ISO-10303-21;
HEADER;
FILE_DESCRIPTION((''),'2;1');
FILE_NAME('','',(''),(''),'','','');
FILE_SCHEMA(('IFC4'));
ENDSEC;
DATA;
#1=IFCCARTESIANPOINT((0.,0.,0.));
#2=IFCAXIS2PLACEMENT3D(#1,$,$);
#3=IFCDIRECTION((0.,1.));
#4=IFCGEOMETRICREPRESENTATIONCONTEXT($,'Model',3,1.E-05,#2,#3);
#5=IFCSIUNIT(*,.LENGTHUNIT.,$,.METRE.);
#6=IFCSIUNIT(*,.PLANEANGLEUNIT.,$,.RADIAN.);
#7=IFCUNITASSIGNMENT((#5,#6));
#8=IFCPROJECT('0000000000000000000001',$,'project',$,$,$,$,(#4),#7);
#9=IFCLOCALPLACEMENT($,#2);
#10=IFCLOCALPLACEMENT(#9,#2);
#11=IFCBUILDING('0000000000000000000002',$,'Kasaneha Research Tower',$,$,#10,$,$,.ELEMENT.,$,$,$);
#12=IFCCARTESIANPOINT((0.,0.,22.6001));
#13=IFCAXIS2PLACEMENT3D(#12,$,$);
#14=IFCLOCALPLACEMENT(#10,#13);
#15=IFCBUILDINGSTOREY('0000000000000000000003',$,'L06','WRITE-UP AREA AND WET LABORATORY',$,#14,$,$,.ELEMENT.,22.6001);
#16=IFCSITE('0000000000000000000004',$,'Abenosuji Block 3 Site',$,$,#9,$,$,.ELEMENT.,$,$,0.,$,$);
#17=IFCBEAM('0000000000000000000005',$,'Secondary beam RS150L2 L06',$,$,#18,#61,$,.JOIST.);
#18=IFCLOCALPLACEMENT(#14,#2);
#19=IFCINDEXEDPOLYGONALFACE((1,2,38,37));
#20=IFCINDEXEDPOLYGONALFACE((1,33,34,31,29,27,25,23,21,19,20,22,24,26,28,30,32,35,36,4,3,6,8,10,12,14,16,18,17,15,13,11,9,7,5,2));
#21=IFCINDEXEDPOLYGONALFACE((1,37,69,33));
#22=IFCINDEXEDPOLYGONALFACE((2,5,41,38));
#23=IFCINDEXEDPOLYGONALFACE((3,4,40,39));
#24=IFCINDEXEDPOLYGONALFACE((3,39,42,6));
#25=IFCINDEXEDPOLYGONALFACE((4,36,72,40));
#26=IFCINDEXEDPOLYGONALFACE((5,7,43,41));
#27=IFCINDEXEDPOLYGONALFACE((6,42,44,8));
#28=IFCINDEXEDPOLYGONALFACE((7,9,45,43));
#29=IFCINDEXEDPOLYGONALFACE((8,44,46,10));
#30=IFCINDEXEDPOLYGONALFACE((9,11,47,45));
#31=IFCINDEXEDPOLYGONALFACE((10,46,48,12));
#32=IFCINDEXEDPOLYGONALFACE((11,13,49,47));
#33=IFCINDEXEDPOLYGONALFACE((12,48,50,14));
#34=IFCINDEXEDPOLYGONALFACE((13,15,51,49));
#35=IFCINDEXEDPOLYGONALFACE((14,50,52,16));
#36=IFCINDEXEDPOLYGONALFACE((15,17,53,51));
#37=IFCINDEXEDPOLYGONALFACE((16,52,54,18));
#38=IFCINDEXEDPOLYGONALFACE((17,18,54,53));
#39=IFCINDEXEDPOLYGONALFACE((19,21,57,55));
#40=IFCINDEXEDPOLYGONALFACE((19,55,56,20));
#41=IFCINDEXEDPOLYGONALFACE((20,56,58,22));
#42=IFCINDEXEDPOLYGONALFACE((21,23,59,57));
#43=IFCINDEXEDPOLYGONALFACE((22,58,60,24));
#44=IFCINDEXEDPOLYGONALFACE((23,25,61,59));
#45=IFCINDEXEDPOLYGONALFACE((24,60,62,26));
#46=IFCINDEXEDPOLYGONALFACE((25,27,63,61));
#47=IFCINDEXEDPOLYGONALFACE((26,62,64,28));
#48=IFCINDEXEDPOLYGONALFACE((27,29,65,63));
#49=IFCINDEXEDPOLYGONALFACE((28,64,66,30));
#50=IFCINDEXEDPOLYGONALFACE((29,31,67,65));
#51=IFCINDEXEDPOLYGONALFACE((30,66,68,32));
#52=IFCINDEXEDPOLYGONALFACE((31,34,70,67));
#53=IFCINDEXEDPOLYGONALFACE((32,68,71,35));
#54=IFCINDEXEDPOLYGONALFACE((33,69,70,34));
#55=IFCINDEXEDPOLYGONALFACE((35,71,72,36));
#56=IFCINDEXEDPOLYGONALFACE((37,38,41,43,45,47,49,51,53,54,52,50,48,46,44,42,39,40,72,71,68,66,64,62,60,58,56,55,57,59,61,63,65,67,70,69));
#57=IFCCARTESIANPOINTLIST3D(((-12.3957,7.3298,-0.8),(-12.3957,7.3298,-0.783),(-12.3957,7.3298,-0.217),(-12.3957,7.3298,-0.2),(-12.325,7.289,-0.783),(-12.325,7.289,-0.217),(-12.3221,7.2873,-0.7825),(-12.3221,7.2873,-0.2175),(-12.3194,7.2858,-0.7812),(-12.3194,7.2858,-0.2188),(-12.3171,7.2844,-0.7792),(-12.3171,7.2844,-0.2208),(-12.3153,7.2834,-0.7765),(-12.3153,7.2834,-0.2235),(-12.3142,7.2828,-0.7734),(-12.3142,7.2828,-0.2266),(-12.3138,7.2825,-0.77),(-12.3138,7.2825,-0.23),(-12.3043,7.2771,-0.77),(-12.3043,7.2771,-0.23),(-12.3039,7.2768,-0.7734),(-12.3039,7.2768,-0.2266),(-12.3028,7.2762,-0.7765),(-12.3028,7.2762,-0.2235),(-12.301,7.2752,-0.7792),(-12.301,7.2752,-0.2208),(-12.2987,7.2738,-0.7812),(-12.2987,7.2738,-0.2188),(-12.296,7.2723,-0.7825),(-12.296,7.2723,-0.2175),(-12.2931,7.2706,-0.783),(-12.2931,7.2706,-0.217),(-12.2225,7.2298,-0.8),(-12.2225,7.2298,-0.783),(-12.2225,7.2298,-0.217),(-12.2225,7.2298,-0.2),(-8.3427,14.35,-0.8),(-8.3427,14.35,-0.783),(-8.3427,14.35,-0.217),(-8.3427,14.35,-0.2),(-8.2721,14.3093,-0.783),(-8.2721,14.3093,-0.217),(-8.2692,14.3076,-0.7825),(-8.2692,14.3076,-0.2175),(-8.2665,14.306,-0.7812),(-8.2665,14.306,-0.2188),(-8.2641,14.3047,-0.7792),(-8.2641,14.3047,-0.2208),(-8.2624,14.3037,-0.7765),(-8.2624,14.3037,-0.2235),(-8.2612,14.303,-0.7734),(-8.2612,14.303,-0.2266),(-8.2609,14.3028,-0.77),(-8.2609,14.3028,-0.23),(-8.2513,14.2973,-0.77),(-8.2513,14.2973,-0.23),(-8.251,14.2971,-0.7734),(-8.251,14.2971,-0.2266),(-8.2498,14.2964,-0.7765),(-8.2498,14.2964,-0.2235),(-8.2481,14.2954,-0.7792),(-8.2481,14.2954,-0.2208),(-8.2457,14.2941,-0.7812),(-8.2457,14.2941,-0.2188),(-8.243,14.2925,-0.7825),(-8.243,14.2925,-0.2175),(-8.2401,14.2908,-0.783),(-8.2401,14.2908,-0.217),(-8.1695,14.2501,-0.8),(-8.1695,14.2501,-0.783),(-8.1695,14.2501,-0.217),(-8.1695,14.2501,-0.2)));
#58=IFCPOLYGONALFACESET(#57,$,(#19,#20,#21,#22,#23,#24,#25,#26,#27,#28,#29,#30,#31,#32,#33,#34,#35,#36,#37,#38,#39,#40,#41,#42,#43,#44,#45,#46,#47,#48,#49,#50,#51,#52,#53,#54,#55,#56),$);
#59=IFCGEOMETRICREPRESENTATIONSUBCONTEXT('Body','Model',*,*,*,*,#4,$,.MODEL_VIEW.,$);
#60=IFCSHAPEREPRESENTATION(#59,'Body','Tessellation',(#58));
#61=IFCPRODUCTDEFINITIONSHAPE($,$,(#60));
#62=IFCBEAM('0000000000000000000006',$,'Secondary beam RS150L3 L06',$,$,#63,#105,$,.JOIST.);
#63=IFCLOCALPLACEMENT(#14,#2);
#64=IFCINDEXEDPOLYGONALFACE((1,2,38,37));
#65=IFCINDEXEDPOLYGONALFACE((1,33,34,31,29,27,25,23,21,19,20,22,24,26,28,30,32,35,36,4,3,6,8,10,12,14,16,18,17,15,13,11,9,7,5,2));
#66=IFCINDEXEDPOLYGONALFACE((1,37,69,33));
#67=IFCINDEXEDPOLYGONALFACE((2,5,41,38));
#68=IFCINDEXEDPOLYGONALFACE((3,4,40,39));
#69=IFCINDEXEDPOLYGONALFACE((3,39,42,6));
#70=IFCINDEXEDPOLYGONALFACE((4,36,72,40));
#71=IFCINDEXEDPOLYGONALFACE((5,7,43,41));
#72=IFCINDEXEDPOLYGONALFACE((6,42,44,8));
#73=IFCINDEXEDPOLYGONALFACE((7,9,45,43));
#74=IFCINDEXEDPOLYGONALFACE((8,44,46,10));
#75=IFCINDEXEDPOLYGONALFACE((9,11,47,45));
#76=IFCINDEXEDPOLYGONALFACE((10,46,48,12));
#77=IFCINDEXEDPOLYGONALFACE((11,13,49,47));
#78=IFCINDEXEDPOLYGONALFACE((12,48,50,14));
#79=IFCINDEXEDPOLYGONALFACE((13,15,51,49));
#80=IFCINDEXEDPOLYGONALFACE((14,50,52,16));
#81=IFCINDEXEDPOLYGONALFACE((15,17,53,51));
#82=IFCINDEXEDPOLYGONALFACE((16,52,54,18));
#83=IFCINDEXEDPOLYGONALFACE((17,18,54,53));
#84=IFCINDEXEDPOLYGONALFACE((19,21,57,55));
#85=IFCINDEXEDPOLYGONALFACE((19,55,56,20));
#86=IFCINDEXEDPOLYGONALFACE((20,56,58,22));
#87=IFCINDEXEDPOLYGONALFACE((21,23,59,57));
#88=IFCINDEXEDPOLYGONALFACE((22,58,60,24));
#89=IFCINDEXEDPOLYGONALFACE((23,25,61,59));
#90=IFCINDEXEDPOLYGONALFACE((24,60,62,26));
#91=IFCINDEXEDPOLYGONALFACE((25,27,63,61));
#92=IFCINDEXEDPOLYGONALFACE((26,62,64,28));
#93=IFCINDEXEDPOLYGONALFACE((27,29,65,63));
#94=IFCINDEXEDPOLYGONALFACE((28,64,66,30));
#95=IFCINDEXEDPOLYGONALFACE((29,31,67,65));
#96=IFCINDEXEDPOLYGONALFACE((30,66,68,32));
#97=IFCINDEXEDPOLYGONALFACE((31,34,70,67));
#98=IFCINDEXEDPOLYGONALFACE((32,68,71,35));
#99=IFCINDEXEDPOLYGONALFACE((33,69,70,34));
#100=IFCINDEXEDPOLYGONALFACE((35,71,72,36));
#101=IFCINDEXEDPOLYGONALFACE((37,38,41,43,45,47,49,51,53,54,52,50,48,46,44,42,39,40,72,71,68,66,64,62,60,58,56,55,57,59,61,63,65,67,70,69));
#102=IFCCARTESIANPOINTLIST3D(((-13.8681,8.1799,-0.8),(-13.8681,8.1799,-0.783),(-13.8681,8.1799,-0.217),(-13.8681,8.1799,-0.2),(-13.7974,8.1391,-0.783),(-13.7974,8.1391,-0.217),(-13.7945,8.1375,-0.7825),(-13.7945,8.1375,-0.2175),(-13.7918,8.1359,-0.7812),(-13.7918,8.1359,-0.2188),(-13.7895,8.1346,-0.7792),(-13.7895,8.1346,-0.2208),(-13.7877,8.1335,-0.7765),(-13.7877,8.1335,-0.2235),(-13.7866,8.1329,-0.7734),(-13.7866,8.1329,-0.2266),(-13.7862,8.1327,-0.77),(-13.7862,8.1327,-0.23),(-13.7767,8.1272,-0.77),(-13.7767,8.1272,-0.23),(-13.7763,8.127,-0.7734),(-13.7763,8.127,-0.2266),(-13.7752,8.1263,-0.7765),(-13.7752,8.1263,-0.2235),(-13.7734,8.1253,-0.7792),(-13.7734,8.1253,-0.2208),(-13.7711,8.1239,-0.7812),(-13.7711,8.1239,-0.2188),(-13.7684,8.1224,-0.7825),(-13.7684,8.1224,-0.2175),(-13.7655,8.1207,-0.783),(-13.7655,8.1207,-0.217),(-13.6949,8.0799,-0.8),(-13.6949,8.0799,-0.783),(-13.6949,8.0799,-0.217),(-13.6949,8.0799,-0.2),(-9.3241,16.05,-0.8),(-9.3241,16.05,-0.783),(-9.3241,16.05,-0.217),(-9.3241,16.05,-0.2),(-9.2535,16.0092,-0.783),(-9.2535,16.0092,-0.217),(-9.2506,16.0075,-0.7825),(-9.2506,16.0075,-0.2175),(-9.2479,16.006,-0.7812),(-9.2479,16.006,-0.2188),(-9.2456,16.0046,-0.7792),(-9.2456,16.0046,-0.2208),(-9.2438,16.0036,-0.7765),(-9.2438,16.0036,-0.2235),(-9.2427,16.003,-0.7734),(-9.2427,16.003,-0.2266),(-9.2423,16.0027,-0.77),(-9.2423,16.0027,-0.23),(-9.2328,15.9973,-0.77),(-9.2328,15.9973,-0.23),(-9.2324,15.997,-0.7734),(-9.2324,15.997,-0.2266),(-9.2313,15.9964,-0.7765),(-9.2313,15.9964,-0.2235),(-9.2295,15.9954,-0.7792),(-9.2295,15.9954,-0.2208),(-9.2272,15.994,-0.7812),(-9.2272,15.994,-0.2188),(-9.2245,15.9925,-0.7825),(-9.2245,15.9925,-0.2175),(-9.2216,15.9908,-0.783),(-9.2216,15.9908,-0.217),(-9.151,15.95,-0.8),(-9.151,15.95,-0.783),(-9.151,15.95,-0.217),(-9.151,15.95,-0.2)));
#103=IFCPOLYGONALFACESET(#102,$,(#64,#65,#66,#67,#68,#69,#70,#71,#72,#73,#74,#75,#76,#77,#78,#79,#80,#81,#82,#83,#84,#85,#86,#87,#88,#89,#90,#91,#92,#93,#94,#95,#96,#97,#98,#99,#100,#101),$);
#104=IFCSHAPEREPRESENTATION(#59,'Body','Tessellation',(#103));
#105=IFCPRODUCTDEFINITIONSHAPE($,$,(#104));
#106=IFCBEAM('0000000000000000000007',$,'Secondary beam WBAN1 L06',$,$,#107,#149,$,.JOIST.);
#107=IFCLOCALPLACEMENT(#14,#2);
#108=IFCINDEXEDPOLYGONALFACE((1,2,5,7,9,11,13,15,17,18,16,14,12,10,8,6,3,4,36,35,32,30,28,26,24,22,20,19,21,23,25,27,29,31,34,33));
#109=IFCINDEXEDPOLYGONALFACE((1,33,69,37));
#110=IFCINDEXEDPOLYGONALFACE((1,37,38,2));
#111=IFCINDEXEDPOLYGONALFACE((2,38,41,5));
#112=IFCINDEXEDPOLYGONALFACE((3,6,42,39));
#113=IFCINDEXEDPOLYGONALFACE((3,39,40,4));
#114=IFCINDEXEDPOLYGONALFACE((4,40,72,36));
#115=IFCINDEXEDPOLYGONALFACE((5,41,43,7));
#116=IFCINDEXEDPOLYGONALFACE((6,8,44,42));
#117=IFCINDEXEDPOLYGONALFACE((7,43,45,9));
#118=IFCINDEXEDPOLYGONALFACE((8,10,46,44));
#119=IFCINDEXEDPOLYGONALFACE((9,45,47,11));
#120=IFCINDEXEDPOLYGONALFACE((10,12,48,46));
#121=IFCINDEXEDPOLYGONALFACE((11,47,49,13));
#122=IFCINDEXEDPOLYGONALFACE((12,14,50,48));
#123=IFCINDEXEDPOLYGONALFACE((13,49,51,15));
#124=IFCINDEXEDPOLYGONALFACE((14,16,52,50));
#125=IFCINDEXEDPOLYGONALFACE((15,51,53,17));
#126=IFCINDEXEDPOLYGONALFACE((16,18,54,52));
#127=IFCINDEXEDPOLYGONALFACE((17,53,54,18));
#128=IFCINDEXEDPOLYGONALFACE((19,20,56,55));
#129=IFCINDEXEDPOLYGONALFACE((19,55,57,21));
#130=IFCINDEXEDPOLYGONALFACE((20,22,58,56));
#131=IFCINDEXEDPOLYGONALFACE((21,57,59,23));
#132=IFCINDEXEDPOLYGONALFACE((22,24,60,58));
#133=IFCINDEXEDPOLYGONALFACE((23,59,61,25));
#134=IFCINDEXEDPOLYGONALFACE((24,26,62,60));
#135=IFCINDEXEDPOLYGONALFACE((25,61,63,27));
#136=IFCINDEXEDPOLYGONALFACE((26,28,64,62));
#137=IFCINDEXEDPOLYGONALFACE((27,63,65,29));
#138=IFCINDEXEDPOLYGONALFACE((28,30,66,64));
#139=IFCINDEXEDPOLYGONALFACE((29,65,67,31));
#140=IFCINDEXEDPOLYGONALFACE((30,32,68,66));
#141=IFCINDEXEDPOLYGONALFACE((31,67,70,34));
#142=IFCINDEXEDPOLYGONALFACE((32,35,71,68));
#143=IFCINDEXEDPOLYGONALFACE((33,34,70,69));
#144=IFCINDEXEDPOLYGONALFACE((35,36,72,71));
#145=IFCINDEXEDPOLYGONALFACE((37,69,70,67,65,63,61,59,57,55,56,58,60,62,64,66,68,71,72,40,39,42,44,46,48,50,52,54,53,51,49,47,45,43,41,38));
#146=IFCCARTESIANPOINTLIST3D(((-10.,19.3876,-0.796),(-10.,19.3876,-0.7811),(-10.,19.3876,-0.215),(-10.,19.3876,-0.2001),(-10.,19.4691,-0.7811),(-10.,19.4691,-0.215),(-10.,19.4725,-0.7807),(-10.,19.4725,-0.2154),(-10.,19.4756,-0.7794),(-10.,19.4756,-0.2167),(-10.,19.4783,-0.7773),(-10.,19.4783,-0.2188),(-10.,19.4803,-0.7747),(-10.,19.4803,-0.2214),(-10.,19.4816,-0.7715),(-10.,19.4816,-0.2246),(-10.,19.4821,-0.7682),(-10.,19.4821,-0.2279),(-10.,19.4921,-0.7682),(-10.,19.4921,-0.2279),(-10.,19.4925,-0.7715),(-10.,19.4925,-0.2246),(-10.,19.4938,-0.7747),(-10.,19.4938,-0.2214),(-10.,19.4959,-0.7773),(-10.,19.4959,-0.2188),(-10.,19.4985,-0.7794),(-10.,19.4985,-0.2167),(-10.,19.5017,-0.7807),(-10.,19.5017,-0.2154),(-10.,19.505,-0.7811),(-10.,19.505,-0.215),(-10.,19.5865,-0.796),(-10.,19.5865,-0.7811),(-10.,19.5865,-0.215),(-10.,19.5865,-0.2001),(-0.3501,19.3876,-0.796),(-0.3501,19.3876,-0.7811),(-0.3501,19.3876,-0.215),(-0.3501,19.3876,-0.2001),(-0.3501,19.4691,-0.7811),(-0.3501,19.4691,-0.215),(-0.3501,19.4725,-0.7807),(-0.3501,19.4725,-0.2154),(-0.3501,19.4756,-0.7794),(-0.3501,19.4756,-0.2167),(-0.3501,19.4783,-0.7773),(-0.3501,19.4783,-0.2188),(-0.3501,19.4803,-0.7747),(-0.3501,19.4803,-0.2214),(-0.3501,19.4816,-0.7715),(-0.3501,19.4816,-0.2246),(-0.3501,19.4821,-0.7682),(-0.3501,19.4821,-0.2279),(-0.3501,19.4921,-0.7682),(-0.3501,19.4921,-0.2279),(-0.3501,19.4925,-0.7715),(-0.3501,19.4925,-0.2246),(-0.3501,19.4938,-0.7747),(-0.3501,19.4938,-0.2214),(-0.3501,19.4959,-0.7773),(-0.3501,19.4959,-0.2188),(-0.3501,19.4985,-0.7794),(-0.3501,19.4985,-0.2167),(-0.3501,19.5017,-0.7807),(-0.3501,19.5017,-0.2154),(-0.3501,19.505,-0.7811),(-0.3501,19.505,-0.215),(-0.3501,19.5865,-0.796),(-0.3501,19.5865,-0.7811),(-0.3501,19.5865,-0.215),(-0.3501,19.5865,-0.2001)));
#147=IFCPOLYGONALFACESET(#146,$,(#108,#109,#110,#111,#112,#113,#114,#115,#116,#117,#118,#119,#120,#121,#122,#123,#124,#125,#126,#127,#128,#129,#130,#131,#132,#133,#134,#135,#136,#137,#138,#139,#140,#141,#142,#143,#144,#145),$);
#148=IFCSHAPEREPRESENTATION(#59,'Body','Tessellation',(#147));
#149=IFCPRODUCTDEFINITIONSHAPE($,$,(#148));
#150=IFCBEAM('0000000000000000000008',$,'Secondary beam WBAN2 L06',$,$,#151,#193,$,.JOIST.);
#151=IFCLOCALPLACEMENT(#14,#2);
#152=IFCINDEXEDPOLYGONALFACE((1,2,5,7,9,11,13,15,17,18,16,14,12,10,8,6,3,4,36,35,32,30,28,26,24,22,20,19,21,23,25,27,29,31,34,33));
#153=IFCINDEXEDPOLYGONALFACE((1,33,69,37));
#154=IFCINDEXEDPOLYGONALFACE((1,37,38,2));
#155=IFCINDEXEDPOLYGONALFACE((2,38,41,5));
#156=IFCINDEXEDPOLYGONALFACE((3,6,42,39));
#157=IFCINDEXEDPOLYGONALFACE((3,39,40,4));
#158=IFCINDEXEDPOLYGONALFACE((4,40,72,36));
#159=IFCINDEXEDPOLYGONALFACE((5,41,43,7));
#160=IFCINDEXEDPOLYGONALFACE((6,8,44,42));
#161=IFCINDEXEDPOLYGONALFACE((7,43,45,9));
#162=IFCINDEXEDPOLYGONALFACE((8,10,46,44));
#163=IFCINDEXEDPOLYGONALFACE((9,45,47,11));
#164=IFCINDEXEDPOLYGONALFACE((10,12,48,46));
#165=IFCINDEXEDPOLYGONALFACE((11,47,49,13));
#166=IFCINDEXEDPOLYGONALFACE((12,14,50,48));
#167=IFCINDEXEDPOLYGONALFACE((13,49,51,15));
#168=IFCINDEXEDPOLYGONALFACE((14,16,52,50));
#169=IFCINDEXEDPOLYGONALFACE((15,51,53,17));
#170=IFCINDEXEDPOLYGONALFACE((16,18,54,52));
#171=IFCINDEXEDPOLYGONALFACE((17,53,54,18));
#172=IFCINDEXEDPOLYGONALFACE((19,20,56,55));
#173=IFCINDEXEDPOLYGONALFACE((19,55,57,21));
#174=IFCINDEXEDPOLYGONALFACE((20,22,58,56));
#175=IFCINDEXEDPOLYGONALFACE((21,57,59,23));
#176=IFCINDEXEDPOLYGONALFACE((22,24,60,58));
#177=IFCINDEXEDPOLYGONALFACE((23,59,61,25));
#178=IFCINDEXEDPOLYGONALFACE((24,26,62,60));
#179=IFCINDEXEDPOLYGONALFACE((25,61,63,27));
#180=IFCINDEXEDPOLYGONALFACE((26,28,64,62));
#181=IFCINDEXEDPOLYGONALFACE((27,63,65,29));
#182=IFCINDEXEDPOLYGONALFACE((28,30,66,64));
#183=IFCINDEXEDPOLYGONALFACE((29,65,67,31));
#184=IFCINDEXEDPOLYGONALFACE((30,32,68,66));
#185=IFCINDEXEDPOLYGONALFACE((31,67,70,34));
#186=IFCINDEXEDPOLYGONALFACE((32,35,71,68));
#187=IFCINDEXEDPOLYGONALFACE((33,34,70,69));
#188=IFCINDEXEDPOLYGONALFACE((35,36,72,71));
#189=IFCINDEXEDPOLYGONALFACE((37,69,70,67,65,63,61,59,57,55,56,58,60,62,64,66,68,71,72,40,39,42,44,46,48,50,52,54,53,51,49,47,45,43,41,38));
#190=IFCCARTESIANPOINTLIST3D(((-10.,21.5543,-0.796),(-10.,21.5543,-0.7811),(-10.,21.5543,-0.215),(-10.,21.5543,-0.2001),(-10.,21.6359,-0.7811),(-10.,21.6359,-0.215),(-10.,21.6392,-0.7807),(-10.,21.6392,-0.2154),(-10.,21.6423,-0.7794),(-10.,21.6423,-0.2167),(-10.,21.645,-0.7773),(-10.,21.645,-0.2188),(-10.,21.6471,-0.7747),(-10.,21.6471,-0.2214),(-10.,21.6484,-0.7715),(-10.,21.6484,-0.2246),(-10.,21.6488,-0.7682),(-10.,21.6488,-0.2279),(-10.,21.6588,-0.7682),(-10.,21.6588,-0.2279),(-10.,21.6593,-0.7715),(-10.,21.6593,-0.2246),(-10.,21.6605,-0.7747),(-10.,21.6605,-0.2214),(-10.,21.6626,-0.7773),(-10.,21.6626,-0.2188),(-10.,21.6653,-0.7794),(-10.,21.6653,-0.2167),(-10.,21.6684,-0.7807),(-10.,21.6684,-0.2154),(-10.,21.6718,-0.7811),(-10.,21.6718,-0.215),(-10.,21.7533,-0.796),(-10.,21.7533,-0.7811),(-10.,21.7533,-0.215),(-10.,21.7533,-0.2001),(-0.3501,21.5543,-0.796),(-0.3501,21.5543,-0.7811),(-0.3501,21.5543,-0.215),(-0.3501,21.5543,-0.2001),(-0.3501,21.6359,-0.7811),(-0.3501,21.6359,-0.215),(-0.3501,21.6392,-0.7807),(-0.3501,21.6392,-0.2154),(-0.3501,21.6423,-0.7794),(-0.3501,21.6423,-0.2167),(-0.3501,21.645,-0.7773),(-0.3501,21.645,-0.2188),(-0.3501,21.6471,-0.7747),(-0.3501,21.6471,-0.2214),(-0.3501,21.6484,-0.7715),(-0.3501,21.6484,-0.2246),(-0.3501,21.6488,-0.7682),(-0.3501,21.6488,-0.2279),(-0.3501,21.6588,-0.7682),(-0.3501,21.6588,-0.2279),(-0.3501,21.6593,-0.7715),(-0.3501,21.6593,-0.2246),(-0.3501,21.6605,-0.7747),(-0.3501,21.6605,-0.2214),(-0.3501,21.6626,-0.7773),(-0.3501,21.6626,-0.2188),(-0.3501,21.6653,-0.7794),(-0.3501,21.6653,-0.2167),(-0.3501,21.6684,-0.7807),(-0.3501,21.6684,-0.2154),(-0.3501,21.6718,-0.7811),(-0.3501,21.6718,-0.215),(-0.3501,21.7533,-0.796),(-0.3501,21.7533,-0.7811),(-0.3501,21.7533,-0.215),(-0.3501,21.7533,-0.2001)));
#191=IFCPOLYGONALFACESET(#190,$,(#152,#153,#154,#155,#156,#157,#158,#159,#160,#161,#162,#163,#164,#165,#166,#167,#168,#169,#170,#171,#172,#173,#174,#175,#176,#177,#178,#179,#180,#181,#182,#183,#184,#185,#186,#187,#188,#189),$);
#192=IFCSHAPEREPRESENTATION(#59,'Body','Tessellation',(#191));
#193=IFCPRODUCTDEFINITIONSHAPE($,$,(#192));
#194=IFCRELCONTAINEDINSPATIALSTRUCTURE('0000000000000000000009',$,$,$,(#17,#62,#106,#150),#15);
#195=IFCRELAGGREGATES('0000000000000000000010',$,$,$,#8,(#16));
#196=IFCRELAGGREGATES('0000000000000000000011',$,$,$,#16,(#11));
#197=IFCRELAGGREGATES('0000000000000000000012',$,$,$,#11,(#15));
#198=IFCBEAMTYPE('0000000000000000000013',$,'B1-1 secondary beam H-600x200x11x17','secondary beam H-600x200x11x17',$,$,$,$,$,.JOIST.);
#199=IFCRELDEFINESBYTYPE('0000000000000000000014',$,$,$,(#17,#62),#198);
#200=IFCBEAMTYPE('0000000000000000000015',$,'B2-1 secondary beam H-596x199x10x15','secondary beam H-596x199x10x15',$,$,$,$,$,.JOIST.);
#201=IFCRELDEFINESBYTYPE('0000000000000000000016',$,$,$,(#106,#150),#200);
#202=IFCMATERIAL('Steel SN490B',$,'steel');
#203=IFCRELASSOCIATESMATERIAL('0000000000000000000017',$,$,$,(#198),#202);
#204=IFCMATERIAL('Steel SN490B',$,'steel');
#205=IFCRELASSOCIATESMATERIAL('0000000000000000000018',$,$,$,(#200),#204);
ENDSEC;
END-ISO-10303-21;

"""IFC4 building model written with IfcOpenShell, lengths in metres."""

from ifc_helpers import new_model, si_unit, direction, frame, origin, origin_2d, place, context, subcontext, project, spatial, i_section, extrude, material, material_profile, profile_set, type_object, element, save


model = new_model("IFC4")

# Units and contexts
model_context = context("Model", 3, precision=1e-05, world=origin(), true_north=direction((0.0, 1.0)))
body_context = subcontext(model_context, "Body", "Model", "MODEL_VIEW")
ifc_project = project(units=[si_unit("LENGTHUNIT", "METRE"), si_unit("PLANEANGLEUNIT", "RADIAN")], contexts=[model_context])

# Site, building, storey
site_placement = place(None, origin())
site = spatial("IfcSite", under=ifc_project, at=site_placement, Name="Abenosuji Block 3 Site", CompositionType="ELEMENT", RefElevation=0.0)
building_placement = place(site_placement, origin())
building = spatial("IfcBuilding", under=site, at=building_placement, Name="Kasaneha Research Tower", CompositionType="ELEMENT")
storey_placement = place(building_placement, frame((0.0, 0.0, 22.6001)))
storey = spatial("IfcBuildingStorey", under=building, at=storey_placement, Name="L06", Description="WRITE-UP AREA AND WET LABORATORY", CompositionType="ELEMENT", Elevation=22.6001)

# Beams
ifc_material_1 = material(Name="Steel SN490B", Category="steel")
ifc_material_profile_1 = material_profile(ifc_material_1, i_section(OverallWidth=0.2, OverallDepth=0.6001, WebThickness=0.011, FlangeThickness=0.0171, FilletRadius=0.0129, at=origin_2d()), Name="H-600x200x11x17")
ifc_profile_set_1 = profile_set([ifc_material_profile_1], Name="Steel SN490B")
beam_type_1 = type_object("IfcBeamType", Name="B1-1 secondary beam H-600x200x11x17", Description="secondary beam H-600x200x11x17", PredefinedType="JOIST", material=ifc_profile_set_1)
beam_1_placement = place(storey_placement, frame((-8.2561, 14.3, -0.5), z_axis=(-0.499984, -0.866035, 0.0), x_axis=(0.866035, -0.499984, 0.0)))
element("IfcBeam", 1, at=beam_1_placement, inside=storey, type_object=beam_type_1, Name="Secondary beam RS150L2 L06", PredefinedType="JOIST", context=body_context, shape_type="SweptSolid", body=[
    extrude(i_section(OverallWidth=0.2, OverallDepth=0.6001, WebThickness=0.011, FlangeThickness=0.0171, FilletRadius=0.0129, at=origin_2d()), origin(), (0.0, 0.0, 1.0), 8.1062),
])
beam_2_placement = place(storey_placement, frame((-9.2375, 16.0, -0.5), z_axis=(-0.500011, -0.866019, 0.0), x_axis=(0.866019, -0.500011, 0.0)))
element("IfcBeam", 2, at=beam_2_placement, inside=storey, type_object=beam_type_1, Name="Secondary beam RS150L3 L06", PredefinedType="JOIST", context=body_context, shape_type="SweptSolid", body=[
    extrude(i_section(OverallWidth=0.2, OverallDepth=0.6001, WebThickness=0.011, FlangeThickness=0.0171, FilletRadius=0.0129, at=origin_2d()), origin(), (0.0, 0.0, 1.0), 9.0876),
])
ifc_material_2 = material(Name="Steel SN490B", Category="steel")
ifc_material_profile_2 = material_profile(ifc_material_2, i_section(OverallWidth=0.199, OverallDepth=0.5959, WebThickness=0.01, FlangeThickness=0.0149, FilletRadius=0.0129, at=origin_2d()), Name="H-596x199x10x15")
ifc_profile_set_2 = profile_set([ifc_material_profile_2], Name="Steel SN490B")
beam_type_2 = type_object("IfcBeamType", Name="B2-1 secondary beam H-596x199x10x15", Description="secondary beam H-596x199x10x15", PredefinedType="JOIST", material=ifc_profile_set_2)
for number, where, z_axis, x_axis, name in (
    (3, (-10.0, 19.4871, -0.498), (1.0, 0.0, 0.0), (0.0, 1.0, 0.0), "Secondary beam WBAN1 L06"),
    (4, (-10.0, 21.6538, -0.498), (1.0, 0.0, 0.0), (0.0, 1.0, 0.0), "Secondary beam WBAN2 L06"),
):
    element("IfcBeam", number, at=place(storey_placement, frame(where, z_axis=z_axis, x_axis=x_axis)), inside=storey, type_object=beam_type_2, Name=name, PredefinedType="JOIST", context=body_context, shape_type="SweptSolid", body=[
        extrude(i_section(OverallWidth=0.199, OverallDepth=0.5959, WebThickness=0.01, FlangeThickness=0.0149, FilletRadius=0.0129, at=origin_2d()), origin(), (0.0, 0.0, 1.0), 9.6499),
    ])

save(model, "model.ifc")
